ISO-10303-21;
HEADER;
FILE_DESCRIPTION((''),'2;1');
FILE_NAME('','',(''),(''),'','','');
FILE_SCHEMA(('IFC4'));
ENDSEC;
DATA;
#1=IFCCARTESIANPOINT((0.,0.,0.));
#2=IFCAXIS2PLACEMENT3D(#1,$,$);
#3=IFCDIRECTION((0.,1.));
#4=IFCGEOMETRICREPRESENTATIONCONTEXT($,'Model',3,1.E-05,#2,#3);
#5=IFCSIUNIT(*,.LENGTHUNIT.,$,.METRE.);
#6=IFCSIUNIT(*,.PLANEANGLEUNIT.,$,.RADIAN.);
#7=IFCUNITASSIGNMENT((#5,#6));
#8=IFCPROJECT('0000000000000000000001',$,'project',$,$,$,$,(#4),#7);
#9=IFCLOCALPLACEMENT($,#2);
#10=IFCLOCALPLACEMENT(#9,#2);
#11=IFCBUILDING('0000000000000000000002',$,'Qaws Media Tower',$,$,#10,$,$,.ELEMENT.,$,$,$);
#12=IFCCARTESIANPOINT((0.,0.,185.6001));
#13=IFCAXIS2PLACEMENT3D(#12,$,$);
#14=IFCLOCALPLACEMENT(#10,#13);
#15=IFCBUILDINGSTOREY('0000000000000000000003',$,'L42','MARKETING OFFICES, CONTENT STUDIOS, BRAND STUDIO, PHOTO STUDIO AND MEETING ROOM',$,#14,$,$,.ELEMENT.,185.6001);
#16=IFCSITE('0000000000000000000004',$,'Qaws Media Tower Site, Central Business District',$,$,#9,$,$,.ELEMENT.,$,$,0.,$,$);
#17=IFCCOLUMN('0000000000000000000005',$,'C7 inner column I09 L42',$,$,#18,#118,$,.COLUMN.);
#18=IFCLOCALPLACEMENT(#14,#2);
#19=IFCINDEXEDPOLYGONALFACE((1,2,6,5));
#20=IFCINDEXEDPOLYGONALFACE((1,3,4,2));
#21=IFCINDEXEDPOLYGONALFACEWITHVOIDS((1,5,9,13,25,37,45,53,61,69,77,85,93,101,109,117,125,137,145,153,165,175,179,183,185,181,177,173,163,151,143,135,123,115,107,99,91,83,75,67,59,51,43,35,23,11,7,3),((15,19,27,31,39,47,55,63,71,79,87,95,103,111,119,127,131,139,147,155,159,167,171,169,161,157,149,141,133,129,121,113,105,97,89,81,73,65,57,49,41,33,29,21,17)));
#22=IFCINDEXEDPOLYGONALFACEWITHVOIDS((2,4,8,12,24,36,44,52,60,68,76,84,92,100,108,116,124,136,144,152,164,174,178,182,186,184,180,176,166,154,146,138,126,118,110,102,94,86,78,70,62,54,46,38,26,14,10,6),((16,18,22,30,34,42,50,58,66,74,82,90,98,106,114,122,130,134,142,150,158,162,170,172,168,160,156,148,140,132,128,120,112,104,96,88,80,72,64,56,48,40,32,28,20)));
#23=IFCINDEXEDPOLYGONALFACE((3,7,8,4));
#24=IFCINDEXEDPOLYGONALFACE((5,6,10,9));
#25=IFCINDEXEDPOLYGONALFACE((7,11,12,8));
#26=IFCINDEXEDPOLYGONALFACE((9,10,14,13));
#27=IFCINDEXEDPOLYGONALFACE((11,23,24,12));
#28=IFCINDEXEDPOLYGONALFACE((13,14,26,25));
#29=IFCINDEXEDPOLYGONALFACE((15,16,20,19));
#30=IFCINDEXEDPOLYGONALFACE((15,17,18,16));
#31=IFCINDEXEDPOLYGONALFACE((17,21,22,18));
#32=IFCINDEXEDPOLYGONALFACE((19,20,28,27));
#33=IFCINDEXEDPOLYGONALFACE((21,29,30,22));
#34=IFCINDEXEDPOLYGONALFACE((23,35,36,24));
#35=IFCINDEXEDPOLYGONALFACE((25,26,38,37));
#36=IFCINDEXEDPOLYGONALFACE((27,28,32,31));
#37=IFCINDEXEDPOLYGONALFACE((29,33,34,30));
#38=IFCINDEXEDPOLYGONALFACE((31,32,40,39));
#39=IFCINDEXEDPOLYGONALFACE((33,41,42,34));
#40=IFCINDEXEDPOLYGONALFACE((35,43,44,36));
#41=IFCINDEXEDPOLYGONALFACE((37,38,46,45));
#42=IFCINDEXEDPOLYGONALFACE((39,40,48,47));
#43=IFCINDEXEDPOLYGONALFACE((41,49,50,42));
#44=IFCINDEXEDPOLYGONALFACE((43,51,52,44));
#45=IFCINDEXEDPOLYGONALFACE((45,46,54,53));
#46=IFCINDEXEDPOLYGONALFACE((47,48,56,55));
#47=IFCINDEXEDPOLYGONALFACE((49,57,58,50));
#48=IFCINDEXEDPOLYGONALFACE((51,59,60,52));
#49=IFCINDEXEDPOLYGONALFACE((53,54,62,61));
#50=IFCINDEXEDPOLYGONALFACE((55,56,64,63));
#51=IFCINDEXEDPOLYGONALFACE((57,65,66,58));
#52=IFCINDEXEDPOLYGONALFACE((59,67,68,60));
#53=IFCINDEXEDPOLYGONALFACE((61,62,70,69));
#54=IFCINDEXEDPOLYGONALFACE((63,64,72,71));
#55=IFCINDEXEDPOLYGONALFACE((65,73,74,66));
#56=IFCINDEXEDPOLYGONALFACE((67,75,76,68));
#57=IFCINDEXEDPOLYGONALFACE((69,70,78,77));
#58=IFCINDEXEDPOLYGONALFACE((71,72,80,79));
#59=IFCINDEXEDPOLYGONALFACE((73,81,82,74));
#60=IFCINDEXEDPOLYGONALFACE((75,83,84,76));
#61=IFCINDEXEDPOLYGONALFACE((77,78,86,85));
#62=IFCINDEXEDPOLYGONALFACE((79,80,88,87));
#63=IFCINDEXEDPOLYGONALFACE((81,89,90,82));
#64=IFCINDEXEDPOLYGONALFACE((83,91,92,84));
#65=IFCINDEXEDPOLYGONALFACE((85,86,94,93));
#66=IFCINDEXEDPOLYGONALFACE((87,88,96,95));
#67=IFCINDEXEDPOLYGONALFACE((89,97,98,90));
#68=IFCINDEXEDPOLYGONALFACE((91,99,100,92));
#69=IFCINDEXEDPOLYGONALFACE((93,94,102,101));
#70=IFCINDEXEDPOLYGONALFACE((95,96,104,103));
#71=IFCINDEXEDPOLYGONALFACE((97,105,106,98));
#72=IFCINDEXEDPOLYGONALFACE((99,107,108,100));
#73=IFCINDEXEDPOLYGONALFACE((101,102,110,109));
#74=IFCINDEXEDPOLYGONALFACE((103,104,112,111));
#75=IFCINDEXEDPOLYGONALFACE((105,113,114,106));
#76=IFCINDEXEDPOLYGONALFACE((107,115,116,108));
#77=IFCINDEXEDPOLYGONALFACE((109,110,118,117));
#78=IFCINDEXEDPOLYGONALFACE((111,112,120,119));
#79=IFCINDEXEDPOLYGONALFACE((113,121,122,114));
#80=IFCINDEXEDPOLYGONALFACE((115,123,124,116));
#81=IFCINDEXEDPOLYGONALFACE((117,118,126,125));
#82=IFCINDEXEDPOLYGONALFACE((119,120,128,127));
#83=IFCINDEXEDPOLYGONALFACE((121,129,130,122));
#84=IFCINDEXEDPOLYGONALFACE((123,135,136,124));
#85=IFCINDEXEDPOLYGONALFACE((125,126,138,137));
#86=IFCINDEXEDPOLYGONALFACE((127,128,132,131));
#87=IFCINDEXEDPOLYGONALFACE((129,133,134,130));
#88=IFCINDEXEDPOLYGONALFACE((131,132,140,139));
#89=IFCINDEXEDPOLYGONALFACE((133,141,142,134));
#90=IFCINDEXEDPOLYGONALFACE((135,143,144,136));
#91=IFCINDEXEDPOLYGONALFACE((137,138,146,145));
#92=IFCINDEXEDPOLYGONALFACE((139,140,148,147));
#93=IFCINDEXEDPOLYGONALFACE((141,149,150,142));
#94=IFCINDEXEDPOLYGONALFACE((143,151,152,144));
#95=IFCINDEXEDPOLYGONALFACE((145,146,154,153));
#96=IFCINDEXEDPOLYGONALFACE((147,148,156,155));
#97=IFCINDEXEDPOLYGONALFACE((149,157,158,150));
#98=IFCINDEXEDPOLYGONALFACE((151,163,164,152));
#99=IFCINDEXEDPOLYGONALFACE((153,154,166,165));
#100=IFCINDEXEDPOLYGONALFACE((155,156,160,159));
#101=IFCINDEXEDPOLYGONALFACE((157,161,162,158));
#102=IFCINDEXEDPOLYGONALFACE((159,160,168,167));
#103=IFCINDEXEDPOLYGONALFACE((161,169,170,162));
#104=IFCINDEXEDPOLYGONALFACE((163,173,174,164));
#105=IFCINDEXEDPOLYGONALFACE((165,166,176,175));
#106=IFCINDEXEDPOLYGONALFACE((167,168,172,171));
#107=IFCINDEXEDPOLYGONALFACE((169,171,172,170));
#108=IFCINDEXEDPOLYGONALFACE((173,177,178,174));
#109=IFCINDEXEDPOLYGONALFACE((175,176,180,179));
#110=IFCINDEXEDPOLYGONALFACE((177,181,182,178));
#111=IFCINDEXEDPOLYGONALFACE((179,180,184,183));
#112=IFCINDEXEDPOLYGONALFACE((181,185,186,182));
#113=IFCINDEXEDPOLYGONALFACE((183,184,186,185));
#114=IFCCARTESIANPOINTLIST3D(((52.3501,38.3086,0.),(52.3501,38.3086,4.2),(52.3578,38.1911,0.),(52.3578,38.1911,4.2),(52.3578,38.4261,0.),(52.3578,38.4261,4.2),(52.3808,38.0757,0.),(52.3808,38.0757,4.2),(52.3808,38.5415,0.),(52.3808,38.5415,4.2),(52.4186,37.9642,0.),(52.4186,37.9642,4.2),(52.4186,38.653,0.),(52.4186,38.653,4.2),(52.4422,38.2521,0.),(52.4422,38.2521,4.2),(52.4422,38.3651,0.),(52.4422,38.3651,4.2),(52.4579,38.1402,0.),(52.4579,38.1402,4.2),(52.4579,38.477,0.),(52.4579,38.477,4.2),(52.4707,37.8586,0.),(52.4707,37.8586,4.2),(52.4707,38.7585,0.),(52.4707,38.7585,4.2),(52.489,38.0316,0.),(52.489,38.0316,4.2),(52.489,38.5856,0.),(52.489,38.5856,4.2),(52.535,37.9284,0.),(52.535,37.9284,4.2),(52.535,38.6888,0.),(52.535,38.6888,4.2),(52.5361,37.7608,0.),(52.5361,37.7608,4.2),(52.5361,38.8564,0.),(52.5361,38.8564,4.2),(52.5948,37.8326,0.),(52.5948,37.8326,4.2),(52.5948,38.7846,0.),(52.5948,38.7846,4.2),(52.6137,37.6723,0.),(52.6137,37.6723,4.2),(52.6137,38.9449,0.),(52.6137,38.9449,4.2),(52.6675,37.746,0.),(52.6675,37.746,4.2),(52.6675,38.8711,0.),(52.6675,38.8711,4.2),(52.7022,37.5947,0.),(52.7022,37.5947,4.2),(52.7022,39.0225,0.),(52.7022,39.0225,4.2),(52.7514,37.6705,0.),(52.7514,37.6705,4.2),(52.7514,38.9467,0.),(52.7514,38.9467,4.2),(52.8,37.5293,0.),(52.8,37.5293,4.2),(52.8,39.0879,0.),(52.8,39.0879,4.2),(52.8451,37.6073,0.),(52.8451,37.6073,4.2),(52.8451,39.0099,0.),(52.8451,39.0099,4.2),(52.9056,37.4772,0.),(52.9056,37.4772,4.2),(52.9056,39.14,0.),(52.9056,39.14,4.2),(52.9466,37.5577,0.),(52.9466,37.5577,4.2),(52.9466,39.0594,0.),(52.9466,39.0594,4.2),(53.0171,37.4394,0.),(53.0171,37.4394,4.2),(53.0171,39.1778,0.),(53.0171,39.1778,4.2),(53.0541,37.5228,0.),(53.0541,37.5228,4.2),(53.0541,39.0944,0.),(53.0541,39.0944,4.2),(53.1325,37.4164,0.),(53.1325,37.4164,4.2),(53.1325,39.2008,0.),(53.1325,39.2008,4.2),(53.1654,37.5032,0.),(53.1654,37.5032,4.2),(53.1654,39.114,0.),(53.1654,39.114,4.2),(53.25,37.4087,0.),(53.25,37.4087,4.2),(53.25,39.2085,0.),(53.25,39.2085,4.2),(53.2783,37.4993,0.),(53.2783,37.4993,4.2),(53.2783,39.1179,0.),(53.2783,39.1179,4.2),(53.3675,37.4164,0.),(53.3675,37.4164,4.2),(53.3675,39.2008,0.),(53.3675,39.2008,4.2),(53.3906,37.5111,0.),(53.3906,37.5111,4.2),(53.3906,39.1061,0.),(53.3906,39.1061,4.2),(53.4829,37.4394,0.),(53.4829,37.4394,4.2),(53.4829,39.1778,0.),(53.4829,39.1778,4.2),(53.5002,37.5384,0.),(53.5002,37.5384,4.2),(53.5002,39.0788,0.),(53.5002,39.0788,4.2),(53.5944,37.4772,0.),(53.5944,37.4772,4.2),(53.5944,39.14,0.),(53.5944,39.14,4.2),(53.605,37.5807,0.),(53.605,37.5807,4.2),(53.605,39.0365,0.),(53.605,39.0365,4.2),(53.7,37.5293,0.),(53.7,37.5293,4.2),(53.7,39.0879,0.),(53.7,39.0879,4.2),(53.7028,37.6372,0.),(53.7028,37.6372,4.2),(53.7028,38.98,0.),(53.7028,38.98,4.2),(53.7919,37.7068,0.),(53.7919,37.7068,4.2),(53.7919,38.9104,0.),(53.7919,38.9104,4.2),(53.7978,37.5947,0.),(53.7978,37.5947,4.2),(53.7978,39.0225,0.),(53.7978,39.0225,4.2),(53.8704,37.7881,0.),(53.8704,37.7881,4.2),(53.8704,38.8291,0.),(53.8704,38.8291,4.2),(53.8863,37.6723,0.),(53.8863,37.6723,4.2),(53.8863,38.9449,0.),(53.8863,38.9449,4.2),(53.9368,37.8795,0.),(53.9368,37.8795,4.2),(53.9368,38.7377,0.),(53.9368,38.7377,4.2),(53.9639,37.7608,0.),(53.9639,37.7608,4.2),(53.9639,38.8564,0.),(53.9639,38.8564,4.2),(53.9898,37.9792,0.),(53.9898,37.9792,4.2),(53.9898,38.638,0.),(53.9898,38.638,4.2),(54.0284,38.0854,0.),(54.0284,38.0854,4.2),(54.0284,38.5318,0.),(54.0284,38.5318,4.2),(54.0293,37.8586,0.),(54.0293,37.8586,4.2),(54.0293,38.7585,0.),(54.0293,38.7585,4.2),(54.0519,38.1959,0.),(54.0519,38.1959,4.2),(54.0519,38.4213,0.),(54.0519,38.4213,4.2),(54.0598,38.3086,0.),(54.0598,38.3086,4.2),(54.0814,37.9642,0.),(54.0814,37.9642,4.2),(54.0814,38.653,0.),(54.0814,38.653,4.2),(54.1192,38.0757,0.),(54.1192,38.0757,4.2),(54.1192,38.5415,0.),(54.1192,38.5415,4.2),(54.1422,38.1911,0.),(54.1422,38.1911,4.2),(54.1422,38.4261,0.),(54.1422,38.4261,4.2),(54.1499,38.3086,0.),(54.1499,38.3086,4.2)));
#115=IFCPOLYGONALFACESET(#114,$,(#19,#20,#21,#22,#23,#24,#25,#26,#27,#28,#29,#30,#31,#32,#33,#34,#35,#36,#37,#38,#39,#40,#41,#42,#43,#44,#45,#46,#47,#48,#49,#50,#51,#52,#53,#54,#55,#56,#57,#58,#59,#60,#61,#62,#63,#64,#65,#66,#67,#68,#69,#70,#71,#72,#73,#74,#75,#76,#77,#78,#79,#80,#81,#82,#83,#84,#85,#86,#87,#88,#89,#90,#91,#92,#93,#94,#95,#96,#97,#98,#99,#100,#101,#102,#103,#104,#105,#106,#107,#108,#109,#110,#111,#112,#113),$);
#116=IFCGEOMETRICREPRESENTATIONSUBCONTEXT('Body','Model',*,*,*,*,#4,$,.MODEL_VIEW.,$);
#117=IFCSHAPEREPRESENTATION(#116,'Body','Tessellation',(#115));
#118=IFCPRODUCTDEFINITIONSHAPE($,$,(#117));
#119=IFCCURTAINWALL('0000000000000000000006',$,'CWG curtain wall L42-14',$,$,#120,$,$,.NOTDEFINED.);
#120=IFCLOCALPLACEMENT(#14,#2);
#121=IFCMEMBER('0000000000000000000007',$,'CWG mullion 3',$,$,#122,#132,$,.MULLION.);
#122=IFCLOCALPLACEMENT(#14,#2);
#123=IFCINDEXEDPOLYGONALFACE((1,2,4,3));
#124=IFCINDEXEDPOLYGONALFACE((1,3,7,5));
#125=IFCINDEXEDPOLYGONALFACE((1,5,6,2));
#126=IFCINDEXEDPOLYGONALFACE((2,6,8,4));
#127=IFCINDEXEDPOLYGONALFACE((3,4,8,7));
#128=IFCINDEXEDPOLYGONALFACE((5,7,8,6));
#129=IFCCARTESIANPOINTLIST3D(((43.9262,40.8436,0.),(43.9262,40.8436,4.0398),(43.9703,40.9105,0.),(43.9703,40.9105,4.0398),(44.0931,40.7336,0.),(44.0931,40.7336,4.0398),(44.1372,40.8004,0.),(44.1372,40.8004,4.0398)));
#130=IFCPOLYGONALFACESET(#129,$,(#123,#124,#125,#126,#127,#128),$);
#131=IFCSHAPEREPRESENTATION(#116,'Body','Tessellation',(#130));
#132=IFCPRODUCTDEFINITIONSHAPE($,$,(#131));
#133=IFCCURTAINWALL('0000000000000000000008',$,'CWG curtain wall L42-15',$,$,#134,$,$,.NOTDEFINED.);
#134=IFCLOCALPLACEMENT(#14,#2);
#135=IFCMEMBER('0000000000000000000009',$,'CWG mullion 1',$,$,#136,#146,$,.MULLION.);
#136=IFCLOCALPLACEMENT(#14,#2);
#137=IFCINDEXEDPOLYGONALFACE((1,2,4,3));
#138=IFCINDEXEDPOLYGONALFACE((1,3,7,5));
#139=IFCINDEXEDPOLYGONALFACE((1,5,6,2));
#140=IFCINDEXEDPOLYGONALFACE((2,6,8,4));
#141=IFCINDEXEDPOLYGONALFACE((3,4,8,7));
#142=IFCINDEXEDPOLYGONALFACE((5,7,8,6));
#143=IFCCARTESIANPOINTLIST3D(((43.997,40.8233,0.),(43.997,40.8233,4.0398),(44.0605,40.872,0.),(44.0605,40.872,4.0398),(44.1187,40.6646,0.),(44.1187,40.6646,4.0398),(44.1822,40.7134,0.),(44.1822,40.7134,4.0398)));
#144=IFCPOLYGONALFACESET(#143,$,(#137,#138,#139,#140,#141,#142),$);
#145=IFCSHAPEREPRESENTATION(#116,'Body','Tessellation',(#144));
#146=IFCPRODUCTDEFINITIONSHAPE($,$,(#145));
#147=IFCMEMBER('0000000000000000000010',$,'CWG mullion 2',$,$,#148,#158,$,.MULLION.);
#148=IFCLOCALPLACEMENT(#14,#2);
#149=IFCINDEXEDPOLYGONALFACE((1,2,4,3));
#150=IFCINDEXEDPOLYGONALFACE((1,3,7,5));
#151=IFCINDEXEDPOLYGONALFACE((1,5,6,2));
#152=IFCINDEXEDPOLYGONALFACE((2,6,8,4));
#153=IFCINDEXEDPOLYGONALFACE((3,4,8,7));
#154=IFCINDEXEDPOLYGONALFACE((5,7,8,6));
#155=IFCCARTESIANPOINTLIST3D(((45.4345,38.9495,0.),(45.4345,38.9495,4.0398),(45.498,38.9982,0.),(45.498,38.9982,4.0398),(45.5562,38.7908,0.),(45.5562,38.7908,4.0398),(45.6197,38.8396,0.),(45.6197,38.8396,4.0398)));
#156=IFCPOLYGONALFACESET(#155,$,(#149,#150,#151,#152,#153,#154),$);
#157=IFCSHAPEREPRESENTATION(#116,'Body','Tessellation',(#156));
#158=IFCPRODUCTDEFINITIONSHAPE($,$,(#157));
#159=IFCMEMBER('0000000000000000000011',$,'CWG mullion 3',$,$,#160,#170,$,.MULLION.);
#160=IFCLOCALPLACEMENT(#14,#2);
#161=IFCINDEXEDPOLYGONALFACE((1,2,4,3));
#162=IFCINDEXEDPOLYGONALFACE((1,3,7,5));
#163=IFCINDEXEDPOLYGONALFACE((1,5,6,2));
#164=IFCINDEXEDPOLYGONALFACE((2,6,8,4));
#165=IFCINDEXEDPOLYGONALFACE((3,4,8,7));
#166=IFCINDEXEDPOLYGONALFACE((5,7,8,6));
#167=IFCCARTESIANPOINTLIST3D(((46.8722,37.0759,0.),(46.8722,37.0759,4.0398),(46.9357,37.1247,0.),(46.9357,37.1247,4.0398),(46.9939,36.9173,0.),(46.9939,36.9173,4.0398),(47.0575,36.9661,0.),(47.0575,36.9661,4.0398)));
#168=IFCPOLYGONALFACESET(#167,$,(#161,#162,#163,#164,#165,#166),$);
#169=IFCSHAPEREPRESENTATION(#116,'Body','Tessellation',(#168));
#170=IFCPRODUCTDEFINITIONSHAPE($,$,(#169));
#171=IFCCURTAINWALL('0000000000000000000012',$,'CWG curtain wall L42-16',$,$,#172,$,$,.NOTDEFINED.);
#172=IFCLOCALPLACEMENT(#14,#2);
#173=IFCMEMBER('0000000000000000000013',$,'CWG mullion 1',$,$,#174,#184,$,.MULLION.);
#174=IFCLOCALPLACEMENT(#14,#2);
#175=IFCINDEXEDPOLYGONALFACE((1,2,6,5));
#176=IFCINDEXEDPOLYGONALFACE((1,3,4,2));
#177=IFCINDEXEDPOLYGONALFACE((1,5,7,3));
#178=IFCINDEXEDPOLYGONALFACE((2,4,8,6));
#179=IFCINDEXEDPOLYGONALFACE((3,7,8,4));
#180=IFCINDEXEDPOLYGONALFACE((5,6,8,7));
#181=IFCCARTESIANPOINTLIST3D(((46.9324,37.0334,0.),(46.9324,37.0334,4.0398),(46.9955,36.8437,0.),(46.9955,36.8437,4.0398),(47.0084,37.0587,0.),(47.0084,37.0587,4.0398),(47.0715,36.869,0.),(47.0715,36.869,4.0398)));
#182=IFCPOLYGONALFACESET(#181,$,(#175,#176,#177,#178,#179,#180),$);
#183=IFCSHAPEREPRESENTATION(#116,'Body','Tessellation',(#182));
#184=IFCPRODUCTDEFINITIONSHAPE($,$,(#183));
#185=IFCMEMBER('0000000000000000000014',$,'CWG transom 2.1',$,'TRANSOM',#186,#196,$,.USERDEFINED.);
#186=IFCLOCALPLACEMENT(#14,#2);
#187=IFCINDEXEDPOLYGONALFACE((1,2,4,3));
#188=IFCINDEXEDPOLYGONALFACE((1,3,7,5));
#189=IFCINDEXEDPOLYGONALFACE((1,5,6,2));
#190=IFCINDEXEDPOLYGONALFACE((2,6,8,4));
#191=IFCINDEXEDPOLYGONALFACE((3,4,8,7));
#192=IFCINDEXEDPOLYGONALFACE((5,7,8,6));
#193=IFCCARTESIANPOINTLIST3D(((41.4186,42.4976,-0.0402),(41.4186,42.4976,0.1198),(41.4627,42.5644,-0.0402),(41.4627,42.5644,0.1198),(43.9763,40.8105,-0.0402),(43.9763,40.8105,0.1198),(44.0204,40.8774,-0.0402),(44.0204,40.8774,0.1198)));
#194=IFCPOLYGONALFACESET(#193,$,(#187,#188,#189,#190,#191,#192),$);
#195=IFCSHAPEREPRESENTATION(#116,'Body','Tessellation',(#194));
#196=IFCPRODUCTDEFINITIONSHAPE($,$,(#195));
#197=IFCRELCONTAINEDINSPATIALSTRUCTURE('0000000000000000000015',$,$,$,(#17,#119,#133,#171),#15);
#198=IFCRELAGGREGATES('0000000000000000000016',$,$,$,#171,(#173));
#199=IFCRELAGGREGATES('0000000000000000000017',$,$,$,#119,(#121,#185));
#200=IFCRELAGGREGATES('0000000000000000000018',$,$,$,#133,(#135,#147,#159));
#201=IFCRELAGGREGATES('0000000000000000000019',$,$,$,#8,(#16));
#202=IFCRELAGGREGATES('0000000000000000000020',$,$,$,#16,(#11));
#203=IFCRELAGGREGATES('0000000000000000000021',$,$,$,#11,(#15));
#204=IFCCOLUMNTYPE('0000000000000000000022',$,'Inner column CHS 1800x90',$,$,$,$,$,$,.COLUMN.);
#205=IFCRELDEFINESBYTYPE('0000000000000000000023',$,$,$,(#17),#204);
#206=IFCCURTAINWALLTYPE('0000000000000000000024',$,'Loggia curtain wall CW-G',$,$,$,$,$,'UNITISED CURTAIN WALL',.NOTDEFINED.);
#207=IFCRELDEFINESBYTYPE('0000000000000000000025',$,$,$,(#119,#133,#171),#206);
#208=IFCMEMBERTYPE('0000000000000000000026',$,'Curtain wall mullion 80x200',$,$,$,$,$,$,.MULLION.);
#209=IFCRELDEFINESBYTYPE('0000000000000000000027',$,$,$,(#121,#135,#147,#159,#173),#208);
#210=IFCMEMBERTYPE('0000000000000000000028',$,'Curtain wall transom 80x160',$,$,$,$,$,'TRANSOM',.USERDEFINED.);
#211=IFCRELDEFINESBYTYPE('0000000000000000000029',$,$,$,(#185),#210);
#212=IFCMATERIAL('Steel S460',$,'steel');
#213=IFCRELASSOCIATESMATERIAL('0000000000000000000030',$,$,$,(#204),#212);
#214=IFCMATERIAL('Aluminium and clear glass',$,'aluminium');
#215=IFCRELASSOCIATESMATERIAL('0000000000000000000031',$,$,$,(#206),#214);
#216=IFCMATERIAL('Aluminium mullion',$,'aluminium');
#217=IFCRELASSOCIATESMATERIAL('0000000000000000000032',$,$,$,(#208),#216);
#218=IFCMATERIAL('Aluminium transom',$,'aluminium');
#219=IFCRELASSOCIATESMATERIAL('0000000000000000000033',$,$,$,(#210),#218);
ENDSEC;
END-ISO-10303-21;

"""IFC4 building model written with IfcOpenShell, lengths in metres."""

from ifc_helpers import new_model, si_unit, direction, frame, origin, origin_2d, place, context, subcontext, project, spatial, rectangle, hollow_circle, extrude, material, material_profile, profile_set, type_object, element, aggregate, save


model = new_model("IFC4")

# Units and contexts
model_context = context("Model", 3, precision=1e-05, world=origin(), true_north=direction((0.0, 1.0)))
body_context = subcontext(model_context, "Body", "Model", "MODEL_VIEW")
ifc_project = project(units=[si_unit("LENGTHUNIT", "METRE"), si_unit("PLANEANGLEUNIT", "RADIAN")], contexts=[model_context])

# Site, building, storey
site_placement = place(None, origin())
site = spatial("IfcSite", under=ifc_project, at=site_placement, Name="Qaws Media Tower Site, Central Business District", CompositionType="ELEMENT", RefElevation=0.0)
building_placement = place(site_placement, origin())
building = spatial("IfcBuilding", under=site, at=building_placement, Name="Qaws Media Tower", CompositionType="ELEMENT")
storey_placement = place(building_placement, frame((0.0, 0.0, 185.6001)))
storey = spatial("IfcBuildingStorey", under=building, at=storey_placement, Name="L42", Description="MARKETING OFFICES, CONTENT STUDIOS, BRAND STUDIO, PHOTO STUDIO AND MEETING ROOM", CompositionType="ELEMENT", Elevation=185.6001)

# Column
ifc_material_1 = material(Name="Steel S460", Category="steel")
ifc_material_profile_1 = material_profile(ifc_material_1, hollow_circle(Radius=0.8999, WallThickness=0.0901, at=origin_2d()), Name="CHS 1800x90")
ifc_profile_set_1 = profile_set([ifc_material_profile_1], Name="Steel S460")
column_type = type_object("IfcColumnType", Name="Inner column CHS 1800x90", PredefinedType="COLUMN", material=ifc_profile_set_1)
for number, where, z_axis, x_axis, name in (
    (1, (53.25, 38.3086, 0.0), (0.0, 0.0, 1.0), (1.0, 0.0, 0.0), "C7 inner column I09 L42"),
):
    element("IfcColumn", number, at=place(storey_placement, frame(where, z_axis=z_axis, x_axis=x_axis)), inside=storey, type_object=column_type, Name=name, PredefinedType="COLUMN", context=body_context, shape_type="SweptSolid", body=[
        extrude(hollow_circle(Radius=0.8999, WallThickness=0.0901, at=origin_2d()), origin(), (0.0, 0.0, 1.0), 4.2),
    ])

# Curtain wall, member
ifc_material_2 = material(Name="Aluminium and clear glass", Category="aluminium")
curtain_wall_type = type_object("IfcCurtainWallType", Name="Loggia curtain wall CW-G", ElementType="UNITISED CURTAIN WALL", PredefinedType="NOTDEFINED", material=ifc_material_2)
curtain_wall_1_placement = place(storey_placement, origin())
curtain_wall_1 = element("IfcCurtainWall", 2, at=curtain_wall_1_placement, inside=storey, type_object=curtain_wall_type, Name="CWG curtain wall L42-14", PredefinedType="NOTDEFINED")
ifc_material_3 = material(Name="Aluminium mullion", Category="aluminium")
ifc_material_profile_2 = material_profile(ifc_material_3, rectangle(XDim=0.0801, YDim=0.2, at=origin_2d()), Name="80x200")
ifc_profile_set_2 = profile_set([ifc_material_profile_2], Name="Aluminium mullion")
member_type_1 = type_object("IfcMemberType", Name="Curtain wall mullion 80x200", PredefinedType="MULLION", material=ifc_profile_set_2)
member_1_placement = place(storey_placement, frame((44.0317, 40.822, 0.0), z_axis=(0.0, 0.0, 1.0), x_axis=(0.550596, 0.834772, 0.0)))
member_1 = element("IfcMember", 3, at=member_1_placement, type_object=member_type_1, Name="CWG mullion 3", PredefinedType="MULLION", context=body_context, shape_type="SweptSolid", body=[
    extrude(rectangle(XDim=0.0801, YDim=0.2, at=origin_2d()), origin(), (0.0, 0.0, 1.0), 4.0398),
])

# Curtain wall, members
curtain_wall_2_placement = place(storey_placement, origin())
curtain_wall_2 = element("IfcCurtainWall", 4, at=curtain_wall_2_placement, inside=storey, type_object=curtain_wall_type, Name="CWG curtain wall L42-15", PredefinedType="NOTDEFINED")
member_2_placement = place(storey_placement, frame((44.0896, 40.7683, 0.0), z_axis=(0.0, 0.0, 1.0), x_axis=(0.793353, 0.608761, 0.0)))
member_2 = element("IfcMember", 5, at=member_2_placement, type_object=member_type_1, Name="CWG mullion 1", PredefinedType="MULLION", context=body_context, shape_type="SweptSolid", body=[
    extrude(rectangle(XDim=0.0801, YDim=0.2, at=origin_2d()), origin(), (0.0, 0.0, 1.0), 4.0398),
])
member_3_placement = place(storey_placement, frame((45.5271, 38.8945, 0.0), z_axis=(0.0, 0.0, 1.0), x_axis=(0.793353, 0.608761, 0.0)))
member_3 = element("IfcMember", 6, at=member_3_placement, type_object=member_type_1, Name="CWG mullion 2", PredefinedType="MULLION", context=body_context, shape_type="SweptSolid", body=[
    extrude(rectangle(XDim=0.0801, YDim=0.2, at=origin_2d()), origin(), (0.0, 0.0, 1.0), 4.0398),
])
member_4_placement = place(storey_placement, frame((46.9648, 37.021, 0.0), z_axis=(0.0, 0.0, 1.0), x_axis=(0.793353, 0.608761, 0.0)))
member_4 = element("IfcMember", 7, at=member_4_placement, type_object=member_type_1, Name="CWG mullion 3", PredefinedType="MULLION", context=body_context, shape_type="SweptSolid", body=[
    extrude(rectangle(XDim=0.0801, YDim=0.2, at=origin_2d()), origin(), (0.0, 0.0, 1.0), 4.0398),
])

# Curtain wall, member
curtain_wall_3_placement = place(storey_placement, origin())
curtain_wall_3 = element("IfcCurtainWall", 8, at=curtain_wall_3_placement, inside=storey, type_object=curtain_wall_type, Name="CWG curtain wall L42-16", PredefinedType="NOTDEFINED")
member_5_placement = place(storey_placement, frame((47.002, 36.9512, 0.0), z_axis=(0.0, 0.0, 1.0), x_axis=(0.948832, 0.31578, 0.0)))
member_5 = element("IfcMember", 9, at=member_5_placement, type_object=member_type_1, Name="CWG mullion 1", PredefinedType="MULLION", context=body_context, shape_type="SweptSolid", body=[
    extrude(rectangle(XDim=0.0801, YDim=0.2, at=origin_2d()), origin(), (0.0, 0.0, 1.0), 4.0398),
])

# Member
ifc_material_4 = material(Name="Aluminium transom", Category="aluminium")
ifc_material_profile_3 = material_profile(ifc_material_4, rectangle(XDim=0.0801, YDim=0.1599, at=origin_2d()), Name="80x160")
ifc_profile_set_3 = profile_set([ifc_material_profile_3], Name="Aluminium transom")
member_type_2 = type_object("IfcMemberType", Name="Curtain wall transom 80x160", ElementType="TRANSOM", PredefinedType="USERDEFINED", material=ifc_profile_set_3)
member_6_placement = place(storey_placement, frame((41.4407, 42.531, 0.0398), z_axis=(0.834762, -0.550611, 0.0), x_axis=(0.550611, 0.834762, 0.0)))
member_6 = element("IfcMember", 10, at=member_6_placement, type_object=member_type_2, Name="CWG transom 2.1", ObjectType="TRANSOM", PredefinedType="USERDEFINED", context=body_context, shape_type="SweptSolid", body=[
    extrude(rectangle(XDim=0.0801, YDim=0.1599, at=origin_2d()), origin(), (0.0, 0.0, 1.0), 3.064),
])
aggregate(curtain_wall_3, [member_5])

aggregate(curtain_wall_1, [member_1, member_6])
aggregate(curtain_wall_2, [member_2, member_3, member_4])

save(model, "model.ifc")
